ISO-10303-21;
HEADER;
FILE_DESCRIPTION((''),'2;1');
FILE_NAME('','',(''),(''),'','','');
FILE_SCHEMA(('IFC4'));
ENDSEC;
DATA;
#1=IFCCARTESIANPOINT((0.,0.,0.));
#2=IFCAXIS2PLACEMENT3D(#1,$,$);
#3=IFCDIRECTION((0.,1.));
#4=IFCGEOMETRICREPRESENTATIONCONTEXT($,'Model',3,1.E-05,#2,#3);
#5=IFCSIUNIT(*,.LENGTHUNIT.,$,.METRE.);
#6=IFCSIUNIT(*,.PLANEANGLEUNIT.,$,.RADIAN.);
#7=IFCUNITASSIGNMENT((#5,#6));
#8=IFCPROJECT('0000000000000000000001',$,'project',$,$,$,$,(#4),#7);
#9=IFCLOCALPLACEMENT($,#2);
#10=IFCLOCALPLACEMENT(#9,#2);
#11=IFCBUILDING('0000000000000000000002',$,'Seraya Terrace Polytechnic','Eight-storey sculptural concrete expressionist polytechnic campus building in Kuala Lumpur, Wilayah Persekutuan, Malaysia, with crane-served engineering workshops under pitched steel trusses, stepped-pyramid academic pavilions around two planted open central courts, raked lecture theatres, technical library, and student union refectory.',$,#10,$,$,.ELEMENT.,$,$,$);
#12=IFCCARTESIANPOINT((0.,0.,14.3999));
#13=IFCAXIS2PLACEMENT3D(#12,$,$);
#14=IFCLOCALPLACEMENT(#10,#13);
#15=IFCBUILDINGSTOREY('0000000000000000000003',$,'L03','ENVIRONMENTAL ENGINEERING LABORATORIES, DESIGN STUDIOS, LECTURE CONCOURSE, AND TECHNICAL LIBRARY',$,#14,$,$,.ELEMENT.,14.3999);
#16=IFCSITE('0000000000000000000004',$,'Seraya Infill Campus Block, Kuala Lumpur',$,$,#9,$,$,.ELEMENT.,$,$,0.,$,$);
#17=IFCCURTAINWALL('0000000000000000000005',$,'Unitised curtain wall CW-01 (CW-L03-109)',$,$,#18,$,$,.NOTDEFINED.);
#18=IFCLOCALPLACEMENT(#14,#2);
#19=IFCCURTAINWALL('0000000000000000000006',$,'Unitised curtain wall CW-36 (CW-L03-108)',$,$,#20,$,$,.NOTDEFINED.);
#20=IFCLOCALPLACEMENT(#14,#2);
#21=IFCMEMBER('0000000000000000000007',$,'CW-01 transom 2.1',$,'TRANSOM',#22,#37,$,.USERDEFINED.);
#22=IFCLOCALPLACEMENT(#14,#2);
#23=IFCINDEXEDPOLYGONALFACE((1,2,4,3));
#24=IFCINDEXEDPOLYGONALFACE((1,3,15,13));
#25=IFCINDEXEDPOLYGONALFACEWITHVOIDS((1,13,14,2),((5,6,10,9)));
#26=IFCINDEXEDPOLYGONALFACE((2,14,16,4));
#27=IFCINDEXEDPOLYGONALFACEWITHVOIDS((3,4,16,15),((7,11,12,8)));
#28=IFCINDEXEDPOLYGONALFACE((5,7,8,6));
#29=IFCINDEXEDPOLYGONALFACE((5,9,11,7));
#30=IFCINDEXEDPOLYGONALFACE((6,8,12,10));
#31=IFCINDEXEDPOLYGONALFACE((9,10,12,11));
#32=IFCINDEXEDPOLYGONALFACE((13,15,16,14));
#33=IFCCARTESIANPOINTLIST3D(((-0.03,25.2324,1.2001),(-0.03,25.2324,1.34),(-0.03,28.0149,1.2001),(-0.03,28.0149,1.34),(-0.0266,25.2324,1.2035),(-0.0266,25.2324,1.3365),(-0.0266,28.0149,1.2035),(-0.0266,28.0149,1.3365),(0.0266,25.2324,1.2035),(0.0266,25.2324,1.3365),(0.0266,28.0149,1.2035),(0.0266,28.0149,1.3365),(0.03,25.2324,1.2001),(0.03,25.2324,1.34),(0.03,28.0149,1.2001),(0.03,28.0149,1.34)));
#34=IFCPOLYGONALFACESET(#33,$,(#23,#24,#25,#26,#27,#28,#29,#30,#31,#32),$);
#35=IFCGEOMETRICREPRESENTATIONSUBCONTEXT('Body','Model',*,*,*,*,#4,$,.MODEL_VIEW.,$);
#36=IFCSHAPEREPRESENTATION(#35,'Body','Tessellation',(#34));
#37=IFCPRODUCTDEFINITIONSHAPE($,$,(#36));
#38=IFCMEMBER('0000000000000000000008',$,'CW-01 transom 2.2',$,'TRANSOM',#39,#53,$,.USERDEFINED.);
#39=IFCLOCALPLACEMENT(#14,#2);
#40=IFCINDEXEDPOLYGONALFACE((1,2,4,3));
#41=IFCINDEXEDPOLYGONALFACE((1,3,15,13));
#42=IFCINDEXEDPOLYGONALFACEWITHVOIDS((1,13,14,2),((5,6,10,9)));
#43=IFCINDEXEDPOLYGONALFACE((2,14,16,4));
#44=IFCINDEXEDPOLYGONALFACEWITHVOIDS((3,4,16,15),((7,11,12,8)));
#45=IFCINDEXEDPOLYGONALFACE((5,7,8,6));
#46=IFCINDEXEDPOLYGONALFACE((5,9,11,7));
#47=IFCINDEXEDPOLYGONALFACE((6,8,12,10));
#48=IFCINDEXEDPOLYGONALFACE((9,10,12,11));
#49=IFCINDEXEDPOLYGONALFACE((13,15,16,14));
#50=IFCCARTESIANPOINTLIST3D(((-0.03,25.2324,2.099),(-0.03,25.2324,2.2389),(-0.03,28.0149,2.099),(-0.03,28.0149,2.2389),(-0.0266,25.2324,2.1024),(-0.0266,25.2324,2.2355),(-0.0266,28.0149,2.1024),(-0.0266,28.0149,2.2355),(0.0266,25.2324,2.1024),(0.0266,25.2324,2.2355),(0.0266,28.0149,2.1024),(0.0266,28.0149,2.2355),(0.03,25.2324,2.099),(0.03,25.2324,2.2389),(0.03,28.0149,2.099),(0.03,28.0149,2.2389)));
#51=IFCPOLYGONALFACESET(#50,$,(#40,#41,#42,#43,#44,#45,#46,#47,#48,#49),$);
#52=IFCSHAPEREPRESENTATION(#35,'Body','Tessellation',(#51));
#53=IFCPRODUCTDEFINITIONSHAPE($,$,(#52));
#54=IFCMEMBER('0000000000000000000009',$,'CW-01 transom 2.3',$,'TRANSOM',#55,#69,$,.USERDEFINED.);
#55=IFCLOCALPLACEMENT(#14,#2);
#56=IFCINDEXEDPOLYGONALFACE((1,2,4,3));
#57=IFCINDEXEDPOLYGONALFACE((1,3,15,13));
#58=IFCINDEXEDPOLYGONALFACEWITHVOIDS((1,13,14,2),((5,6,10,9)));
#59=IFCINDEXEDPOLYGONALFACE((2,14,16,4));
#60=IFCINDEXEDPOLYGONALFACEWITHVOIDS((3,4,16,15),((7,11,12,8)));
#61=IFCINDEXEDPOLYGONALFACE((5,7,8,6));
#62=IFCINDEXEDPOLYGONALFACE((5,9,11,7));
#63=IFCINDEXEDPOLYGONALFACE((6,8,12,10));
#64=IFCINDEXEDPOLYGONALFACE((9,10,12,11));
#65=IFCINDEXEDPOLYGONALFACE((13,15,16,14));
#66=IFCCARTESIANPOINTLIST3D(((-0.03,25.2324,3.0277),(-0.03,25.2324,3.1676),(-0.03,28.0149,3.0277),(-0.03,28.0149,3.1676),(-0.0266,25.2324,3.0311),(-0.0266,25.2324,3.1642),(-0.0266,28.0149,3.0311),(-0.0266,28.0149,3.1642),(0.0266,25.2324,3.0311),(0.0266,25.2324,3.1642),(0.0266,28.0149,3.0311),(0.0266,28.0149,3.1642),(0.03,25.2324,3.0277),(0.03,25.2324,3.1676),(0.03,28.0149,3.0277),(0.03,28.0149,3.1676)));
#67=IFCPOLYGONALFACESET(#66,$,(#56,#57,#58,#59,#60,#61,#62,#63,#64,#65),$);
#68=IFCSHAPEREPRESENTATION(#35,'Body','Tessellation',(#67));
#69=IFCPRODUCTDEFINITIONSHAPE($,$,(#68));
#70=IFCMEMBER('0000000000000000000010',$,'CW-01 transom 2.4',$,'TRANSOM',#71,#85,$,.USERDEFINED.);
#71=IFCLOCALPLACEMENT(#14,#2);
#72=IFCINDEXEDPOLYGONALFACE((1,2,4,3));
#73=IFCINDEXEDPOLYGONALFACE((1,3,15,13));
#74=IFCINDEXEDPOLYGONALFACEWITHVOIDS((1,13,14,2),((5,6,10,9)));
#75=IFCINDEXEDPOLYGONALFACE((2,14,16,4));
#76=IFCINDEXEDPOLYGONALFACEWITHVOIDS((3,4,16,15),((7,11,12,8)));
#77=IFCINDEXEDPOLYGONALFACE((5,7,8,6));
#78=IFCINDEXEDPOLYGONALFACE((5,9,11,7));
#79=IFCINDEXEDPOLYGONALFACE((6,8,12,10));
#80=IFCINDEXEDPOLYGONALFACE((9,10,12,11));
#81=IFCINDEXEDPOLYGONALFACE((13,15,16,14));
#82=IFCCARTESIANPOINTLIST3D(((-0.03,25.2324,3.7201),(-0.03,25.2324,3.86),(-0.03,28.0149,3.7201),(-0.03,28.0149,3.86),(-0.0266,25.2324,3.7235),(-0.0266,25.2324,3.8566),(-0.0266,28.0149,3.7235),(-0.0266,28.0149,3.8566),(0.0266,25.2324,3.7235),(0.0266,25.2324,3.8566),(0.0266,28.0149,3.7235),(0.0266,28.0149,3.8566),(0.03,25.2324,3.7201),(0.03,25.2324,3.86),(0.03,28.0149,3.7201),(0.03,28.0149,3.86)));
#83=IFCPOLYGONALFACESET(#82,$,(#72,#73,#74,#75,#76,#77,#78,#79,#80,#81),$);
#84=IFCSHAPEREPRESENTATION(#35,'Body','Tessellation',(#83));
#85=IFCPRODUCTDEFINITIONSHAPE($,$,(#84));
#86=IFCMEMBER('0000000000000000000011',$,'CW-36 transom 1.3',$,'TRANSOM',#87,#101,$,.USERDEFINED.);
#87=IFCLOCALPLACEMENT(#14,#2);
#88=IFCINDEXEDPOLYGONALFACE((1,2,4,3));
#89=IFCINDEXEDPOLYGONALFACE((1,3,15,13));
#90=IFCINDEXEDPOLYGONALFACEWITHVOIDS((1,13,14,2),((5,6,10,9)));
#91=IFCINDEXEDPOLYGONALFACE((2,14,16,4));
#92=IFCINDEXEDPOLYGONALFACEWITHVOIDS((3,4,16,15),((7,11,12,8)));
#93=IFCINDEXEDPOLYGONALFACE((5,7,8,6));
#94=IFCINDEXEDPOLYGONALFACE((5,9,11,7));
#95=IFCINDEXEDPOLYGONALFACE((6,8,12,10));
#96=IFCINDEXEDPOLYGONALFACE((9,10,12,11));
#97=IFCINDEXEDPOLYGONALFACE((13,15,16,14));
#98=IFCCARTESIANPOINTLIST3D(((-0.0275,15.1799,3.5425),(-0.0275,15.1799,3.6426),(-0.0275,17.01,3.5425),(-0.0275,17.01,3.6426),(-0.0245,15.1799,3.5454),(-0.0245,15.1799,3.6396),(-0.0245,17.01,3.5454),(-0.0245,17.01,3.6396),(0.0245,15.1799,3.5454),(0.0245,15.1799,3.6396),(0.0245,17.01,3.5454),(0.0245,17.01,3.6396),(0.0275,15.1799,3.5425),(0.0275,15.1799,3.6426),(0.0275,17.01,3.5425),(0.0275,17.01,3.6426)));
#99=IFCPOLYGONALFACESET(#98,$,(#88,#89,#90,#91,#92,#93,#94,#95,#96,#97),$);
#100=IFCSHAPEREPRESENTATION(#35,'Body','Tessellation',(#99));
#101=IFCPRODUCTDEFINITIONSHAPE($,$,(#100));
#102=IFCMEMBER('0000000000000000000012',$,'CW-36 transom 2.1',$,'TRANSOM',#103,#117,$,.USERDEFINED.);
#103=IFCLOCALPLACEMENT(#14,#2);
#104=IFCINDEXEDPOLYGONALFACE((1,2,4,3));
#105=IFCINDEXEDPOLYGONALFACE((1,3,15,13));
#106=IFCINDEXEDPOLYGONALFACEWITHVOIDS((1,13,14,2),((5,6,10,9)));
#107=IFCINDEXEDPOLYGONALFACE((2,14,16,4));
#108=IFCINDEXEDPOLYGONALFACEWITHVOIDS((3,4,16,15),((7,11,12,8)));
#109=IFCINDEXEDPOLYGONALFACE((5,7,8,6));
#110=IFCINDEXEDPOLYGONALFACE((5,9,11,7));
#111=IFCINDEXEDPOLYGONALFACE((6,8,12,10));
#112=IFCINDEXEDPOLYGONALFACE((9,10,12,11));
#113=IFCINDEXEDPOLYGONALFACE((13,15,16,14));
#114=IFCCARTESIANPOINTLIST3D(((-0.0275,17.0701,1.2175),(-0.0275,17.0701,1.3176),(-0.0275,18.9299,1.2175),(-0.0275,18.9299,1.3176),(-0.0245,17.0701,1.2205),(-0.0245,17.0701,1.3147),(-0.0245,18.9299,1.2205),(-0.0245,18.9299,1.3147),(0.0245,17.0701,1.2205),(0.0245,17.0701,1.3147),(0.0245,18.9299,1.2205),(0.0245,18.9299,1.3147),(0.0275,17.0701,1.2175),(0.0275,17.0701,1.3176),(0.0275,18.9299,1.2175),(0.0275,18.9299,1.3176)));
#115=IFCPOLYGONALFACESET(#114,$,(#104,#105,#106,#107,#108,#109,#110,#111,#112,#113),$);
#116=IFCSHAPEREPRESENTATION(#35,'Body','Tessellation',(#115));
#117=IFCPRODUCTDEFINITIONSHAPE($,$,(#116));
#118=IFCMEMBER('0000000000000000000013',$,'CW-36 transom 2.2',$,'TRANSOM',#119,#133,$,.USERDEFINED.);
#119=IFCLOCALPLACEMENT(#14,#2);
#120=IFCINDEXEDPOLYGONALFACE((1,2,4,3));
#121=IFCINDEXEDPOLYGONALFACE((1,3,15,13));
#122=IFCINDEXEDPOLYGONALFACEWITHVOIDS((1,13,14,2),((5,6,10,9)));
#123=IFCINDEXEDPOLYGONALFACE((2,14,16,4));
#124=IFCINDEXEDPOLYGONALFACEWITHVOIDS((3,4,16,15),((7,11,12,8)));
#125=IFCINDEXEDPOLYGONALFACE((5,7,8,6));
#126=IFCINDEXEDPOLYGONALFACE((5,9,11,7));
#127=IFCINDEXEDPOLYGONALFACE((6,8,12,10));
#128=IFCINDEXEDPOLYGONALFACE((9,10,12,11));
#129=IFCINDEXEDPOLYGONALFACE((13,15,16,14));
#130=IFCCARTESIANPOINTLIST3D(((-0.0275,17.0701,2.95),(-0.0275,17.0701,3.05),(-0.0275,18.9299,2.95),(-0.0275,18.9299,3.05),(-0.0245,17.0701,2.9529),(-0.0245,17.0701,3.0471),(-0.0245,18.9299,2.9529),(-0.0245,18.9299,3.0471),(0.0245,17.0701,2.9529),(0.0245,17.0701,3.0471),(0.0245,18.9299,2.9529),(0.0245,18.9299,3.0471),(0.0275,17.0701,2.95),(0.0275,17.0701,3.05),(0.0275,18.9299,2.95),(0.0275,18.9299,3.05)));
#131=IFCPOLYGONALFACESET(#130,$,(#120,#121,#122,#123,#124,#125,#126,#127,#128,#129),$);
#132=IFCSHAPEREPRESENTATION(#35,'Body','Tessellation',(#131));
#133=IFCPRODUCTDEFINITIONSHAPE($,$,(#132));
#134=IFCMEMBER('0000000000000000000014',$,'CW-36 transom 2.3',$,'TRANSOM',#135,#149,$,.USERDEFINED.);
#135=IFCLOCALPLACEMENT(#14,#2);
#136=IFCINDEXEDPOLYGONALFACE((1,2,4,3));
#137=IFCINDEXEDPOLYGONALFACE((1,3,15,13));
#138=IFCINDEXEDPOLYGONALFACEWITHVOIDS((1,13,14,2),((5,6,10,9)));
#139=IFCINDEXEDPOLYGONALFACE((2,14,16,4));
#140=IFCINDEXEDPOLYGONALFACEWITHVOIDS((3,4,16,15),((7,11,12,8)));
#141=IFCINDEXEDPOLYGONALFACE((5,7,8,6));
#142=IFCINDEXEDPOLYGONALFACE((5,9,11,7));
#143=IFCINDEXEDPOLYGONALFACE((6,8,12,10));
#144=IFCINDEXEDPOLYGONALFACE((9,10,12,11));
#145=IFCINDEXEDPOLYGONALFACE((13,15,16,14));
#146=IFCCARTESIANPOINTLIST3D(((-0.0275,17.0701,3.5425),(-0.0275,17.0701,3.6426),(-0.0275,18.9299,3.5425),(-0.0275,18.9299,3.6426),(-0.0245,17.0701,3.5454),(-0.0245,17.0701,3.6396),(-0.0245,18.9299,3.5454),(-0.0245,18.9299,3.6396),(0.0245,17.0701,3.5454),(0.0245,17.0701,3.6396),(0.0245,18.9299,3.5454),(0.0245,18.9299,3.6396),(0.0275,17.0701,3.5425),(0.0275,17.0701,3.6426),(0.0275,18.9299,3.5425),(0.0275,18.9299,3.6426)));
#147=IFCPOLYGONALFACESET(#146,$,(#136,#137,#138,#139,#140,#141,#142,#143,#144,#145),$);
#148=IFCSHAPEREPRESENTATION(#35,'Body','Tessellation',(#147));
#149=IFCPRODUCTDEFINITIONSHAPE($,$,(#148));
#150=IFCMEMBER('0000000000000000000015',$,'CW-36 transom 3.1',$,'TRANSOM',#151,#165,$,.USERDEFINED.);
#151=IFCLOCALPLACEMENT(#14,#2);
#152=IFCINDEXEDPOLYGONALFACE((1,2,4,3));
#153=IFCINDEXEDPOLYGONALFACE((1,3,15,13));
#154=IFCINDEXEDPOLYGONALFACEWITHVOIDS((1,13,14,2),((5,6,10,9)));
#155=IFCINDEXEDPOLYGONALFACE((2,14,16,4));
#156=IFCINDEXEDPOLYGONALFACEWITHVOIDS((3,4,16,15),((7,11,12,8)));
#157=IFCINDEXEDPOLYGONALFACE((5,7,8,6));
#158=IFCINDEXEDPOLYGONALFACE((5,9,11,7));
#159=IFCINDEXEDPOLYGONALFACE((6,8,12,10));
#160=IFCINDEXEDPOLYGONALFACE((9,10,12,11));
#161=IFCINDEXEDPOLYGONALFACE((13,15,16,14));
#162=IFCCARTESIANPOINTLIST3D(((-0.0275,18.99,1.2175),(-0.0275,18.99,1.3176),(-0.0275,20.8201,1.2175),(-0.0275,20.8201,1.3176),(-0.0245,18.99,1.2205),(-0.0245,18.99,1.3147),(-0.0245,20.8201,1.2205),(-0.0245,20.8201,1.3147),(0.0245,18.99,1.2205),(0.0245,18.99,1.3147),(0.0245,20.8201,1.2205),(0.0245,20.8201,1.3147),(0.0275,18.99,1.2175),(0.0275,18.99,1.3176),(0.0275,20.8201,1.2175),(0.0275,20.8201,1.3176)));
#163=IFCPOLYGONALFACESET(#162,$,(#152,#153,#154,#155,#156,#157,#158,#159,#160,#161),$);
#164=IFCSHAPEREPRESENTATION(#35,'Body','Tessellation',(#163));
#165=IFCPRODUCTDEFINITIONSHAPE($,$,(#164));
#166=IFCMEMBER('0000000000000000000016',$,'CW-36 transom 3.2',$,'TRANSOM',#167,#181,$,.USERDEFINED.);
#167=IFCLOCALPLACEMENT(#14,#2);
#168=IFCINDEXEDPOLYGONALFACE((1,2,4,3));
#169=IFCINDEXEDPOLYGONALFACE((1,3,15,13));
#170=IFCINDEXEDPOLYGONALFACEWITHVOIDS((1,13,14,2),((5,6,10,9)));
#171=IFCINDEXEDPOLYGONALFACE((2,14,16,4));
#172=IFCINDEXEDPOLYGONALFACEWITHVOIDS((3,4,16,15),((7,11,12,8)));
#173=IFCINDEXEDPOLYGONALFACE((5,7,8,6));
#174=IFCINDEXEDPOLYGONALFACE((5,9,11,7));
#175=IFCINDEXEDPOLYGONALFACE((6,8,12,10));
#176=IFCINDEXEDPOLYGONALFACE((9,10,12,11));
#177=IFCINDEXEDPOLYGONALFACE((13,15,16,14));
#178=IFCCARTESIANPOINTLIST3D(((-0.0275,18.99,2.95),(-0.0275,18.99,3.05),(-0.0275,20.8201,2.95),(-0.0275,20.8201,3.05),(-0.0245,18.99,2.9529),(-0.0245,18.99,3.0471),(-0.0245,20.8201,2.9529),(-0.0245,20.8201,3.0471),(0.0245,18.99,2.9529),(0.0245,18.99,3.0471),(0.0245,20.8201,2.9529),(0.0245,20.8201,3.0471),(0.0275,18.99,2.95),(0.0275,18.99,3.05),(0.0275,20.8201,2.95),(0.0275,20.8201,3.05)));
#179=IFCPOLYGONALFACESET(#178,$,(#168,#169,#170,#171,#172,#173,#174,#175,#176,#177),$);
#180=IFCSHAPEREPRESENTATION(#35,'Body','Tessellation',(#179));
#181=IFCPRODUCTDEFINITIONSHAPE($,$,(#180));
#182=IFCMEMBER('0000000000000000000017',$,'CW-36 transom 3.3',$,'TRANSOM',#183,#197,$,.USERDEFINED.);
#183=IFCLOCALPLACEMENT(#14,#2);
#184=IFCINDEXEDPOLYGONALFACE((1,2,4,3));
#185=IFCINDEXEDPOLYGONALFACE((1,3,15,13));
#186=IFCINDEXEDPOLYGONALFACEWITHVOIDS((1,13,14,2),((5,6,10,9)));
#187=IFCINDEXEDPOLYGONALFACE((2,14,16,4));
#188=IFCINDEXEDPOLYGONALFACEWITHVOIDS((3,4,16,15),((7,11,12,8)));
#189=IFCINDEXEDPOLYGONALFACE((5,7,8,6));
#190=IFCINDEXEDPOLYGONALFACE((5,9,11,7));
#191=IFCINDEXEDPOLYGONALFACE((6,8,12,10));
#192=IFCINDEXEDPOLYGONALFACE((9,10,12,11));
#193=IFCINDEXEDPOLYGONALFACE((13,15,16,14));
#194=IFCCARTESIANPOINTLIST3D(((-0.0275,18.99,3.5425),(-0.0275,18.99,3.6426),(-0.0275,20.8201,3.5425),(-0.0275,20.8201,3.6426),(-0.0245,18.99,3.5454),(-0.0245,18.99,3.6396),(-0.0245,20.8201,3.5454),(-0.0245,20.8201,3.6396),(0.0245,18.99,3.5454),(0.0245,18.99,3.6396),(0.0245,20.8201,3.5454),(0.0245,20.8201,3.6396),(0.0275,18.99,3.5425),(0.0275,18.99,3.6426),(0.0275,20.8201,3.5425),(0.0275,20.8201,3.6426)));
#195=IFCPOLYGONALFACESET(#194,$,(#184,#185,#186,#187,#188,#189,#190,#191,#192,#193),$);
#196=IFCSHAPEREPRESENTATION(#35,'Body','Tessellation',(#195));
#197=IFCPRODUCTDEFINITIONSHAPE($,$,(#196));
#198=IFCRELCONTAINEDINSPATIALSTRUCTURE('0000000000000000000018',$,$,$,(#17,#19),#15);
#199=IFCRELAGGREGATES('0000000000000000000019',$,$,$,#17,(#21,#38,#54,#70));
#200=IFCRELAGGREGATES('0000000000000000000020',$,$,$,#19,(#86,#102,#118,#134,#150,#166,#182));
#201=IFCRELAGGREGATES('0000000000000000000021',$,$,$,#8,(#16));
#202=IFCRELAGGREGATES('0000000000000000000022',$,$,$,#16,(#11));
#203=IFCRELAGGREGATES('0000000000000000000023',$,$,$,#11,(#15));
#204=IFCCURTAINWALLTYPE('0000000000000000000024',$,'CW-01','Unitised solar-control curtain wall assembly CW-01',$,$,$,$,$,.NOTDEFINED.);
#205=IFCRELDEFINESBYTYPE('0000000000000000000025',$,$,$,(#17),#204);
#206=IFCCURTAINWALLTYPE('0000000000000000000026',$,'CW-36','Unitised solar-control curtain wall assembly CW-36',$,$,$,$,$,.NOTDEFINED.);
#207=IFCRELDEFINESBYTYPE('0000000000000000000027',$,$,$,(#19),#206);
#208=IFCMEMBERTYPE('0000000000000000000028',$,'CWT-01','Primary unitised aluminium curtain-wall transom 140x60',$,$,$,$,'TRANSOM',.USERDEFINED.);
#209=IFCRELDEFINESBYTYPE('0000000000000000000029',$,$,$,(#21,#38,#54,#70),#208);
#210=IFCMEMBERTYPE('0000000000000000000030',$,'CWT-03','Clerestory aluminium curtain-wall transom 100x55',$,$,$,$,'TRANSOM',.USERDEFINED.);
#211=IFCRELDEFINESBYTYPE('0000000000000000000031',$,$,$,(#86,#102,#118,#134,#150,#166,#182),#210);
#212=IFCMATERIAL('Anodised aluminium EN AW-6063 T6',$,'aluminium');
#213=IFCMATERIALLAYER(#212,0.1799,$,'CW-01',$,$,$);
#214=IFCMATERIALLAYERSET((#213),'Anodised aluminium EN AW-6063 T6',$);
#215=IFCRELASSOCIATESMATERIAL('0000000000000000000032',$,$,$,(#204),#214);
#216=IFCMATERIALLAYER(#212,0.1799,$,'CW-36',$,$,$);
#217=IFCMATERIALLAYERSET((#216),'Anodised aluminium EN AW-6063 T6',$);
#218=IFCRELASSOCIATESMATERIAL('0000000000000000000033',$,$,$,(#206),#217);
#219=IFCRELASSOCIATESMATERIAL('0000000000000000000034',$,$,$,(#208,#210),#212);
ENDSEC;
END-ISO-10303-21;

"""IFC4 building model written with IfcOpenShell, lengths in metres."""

from ifc_helpers import new_model, si_unit, direction, frame, origin, origin_2d, place, context, subcontext, project, spatial, hollow_rectangle, extrude, material, layer, layer_set, material_profile, profile_set, type_object, element, aggregate, save


model = new_model("IFC4")

# Units and contexts
model_context = context("Model", 3, precision=1e-05, world=origin(), true_north=direction((0.0, 1.0)))
body_context = subcontext(model_context, "Body", "Model", "MODEL_VIEW")
ifc_project = project(units=[si_unit("LENGTHUNIT", "METRE"), si_unit("PLANEANGLEUNIT", "RADIAN")], contexts=[model_context])

# Site, building, storey
site_placement = place(None, origin())
site = spatial("IfcSite", under=ifc_project, at=site_placement, Name="Seraya Infill Campus Block, Kuala Lumpur", CompositionType="ELEMENT", RefElevation=0.0)
building_placement = place(site_placement, origin())
building = spatial("IfcBuilding", under=site, at=building_placement, Name="Seraya Terrace Polytechnic", Description="Eight-storey sculptural concrete expressionist polytechnic campus building in Kuala Lumpur, Wilayah Persekutuan, Malaysia, with crane-served engineering workshops under pitched steel trusses, stepped-pyramid academic pavilions around two planted open central courts, raked lecture theatres, technical library, and student union refectory.", CompositionType="ELEMENT")
storey_placement = place(building_placement, frame((0.0, 0.0, 14.3999)))
storey = spatial("IfcBuildingStorey", under=building, at=storey_placement, Name="L03", Description="ENVIRONMENTAL ENGINEERING LABORATORIES, DESIGN STUDIOS, LECTURE CONCOURSE, AND TECHNICAL LIBRARY", CompositionType="ELEMENT", Elevation=14.3999)

# Curtain walls
ifc_material_1 = material(Name="Anodised aluminium EN AW-6063 T6", Category="aluminium")
ifc_layer_1 = layer(ifc_material_1, 0.1799, Name="CW-01")
ifc_layer_set_1 = layer_set([ifc_layer_1], Name="Anodised aluminium EN AW-6063 T6")
curtain_wall_type_1 = type_object("IfcCurtainWallType", Name="CW-01", Description="Unitised solar-control curtain wall assembly CW-01", PredefinedType="NOTDEFINED", material=ifc_layer_set_1)
curtain_wall_1_placement = place(storey_placement, origin())
curtain_wall_1 = element("IfcCurtainWall", 1, at=curtain_wall_1_placement, inside=storey, type_object=curtain_wall_type_1, Name="Unitised curtain wall CW-01 (CW-L03-109)", PredefinedType="NOTDEFINED")
ifc_layer_2 = layer(ifc_material_1, 0.1799, Name="CW-36")
ifc_layer_set_2 = layer_set([ifc_layer_2], Name="Anodised aluminium EN AW-6063 T6")
curtain_wall_type_2 = type_object("IfcCurtainWallType", Name="CW-36", Description="Unitised solar-control curtain wall assembly CW-36", PredefinedType="NOTDEFINED", material=ifc_layer_set_2)
curtain_wall_2_placement = place(storey_placement, origin())
curtain_wall_2 = element("IfcCurtainWall", 2, at=curtain_wall_2_placement, inside=storey, type_object=curtain_wall_type_2, Name="Unitised curtain wall CW-36 (CW-L03-108)", PredefinedType="NOTDEFINED")

# Members
ifc_material_profile_1 = material_profile(ifc_material_1, hollow_rectangle(XDim=0.0601, YDim=0.1399, WallThickness=0.0034, at=origin_2d()), Name="RHS 140x60x3.5")
ifc_profile_set_1 = profile_set([ifc_material_profile_1], Name="Anodised aluminium EN AW-6063 T6")
member_type_1 = type_object("IfcMemberType", Name="CWT-01", Description="Primary unitised aluminium curtain-wall transom 140x60", ElementType="TRANSOM", PredefinedType="USERDEFINED", material=ifc_profile_set_1)
member_1_placement = place(storey_placement, frame((0.0, 25.2324, 1.27), z_axis=(0.0, 1.0, 0.0), x_axis=(-1.0, 0.0, 0.0)))
member_1 = element("IfcMember", 3, at=member_1_placement, type_object=member_type_1, Name="CW-01 transom 2.1", ObjectType="TRANSOM", PredefinedType="USERDEFINED", context=body_context, shape_type="SweptSolid", body=[
    extrude(hollow_rectangle(XDim=0.0601, YDim=0.1399, WallThickness=0.0034, at=origin_2d()), origin(), (0.0, 0.0, 1.0), 2.7825),
])
member_2_placement = place(storey_placement, frame((0.0, 25.2324, 2.1689), z_axis=(0.0, 1.0, 0.0), x_axis=(-1.0, 0.0, 0.0)))
member_2 = element("IfcMember", 4, at=member_2_placement, type_object=member_type_1, Name="CW-01 transom 2.2", ObjectType="TRANSOM", PredefinedType="USERDEFINED", context=body_context, shape_type="SweptSolid", body=[
    extrude(hollow_rectangle(XDim=0.0601, YDim=0.1399, WallThickness=0.0034, at=origin_2d()), origin(), (0.0, 0.0, 1.0), 2.7825),
])
member_3_placement = place(storey_placement, frame((0.0, 25.2324, 3.0977), z_axis=(0.0, 1.0, 0.0), x_axis=(-1.0, 0.0, 0.0)))
member_3 = element("IfcMember", 5, at=member_3_placement, type_object=member_type_1, Name="CW-01 transom 2.3", ObjectType="TRANSOM", PredefinedType="USERDEFINED", context=body_context, shape_type="SweptSolid", body=[
    extrude(hollow_rectangle(XDim=0.0601, YDim=0.1399, WallThickness=0.0034, at=origin_2d()), origin(), (0.0, 0.0, 1.0), 2.7825),
])
member_4_placement = place(storey_placement, frame((0.0, 25.2324, 3.79), z_axis=(0.0, 1.0, 0.0), x_axis=(-1.0, 0.0, 0.0)))
member_4 = element("IfcMember", 6, at=member_4_placement, type_object=member_type_1, Name="CW-01 transom 2.4", ObjectType="TRANSOM", PredefinedType="USERDEFINED", context=body_context, shape_type="SweptSolid", body=[
    extrude(hollow_rectangle(XDim=0.0601, YDim=0.1399, WallThickness=0.0034, at=origin_2d()), origin(), (0.0, 0.0, 1.0), 2.7825),
])
ifc_material_profile_2 = material_profile(ifc_material_1, hollow_rectangle(XDim=0.0549, YDim=0.1001, WallThickness=0.0029, at=origin_2d()), Name="RHS 100x55x3.0")
ifc_profile_set_2 = profile_set([ifc_material_profile_2], Name="Anodised aluminium EN AW-6063 T6")
member_type_2 = type_object("IfcMemberType", Name="CWT-03", Description="Clerestory aluminium curtain-wall transom 100x55", ElementType="TRANSOM", PredefinedType="USERDEFINED", material=ifc_profile_set_2)
member_5_placement = place(storey_placement, frame((0.0, 15.1799, 3.5925), z_axis=(0.0, 1.0, 0.0), x_axis=(-1.0, 0.0, 0.0)))
member_5 = element("IfcMember", 7, at=member_5_placement, type_object=member_type_2, Name="CW-36 transom 1.3", ObjectType="TRANSOM", PredefinedType="USERDEFINED", context=body_context, shape_type="SweptSolid", body=[
    extrude(hollow_rectangle(XDim=0.0549, YDim=0.1001, WallThickness=0.0029, at=origin_2d()), origin(), (0.0, 0.0, 1.0), 1.8301),
])
member_6_placement = place(storey_placement, frame((0.0, 17.0701, 1.2676), z_axis=(0.0, 1.0, 0.0), x_axis=(-1.0, 0.0, 0.0)))
member_6 = element("IfcMember", 8, at=member_6_placement, type_object=member_type_2, Name="CW-36 transom 2.1", ObjectType="TRANSOM", PredefinedType="USERDEFINED", context=body_context, shape_type="SweptSolid", body=[
    extrude(hollow_rectangle(XDim=0.0549, YDim=0.1001, WallThickness=0.0029, at=origin_2d()), origin(), (0.0, 0.0, 1.0), 1.8599),
])
member_7_placement = place(storey_placement, frame((0.0, 17.0701, 3.0), z_axis=(0.0, 1.0, 0.0), x_axis=(-1.0, 0.0, 0.0)))
member_7 = element("IfcMember", 9, at=member_7_placement, type_object=member_type_2, Name="CW-36 transom 2.2", ObjectType="TRANSOM", PredefinedType="USERDEFINED", context=body_context, shape_type="SweptSolid", body=[
    extrude(hollow_rectangle(XDim=0.0549, YDim=0.1001, WallThickness=0.0029, at=origin_2d()), origin(), (0.0, 0.0, 1.0), 1.8599),
])
member_8_placement = place(storey_placement, frame((0.0, 17.0701, 3.5925), z_axis=(0.0, 1.0, 0.0), x_axis=(-1.0, 0.0, 0.0)))
member_8 = element("IfcMember", 10, at=member_8_placement, type_object=member_type_2, Name="CW-36 transom 2.3", ObjectType="TRANSOM", PredefinedType="USERDEFINED", context=body_context, shape_type="SweptSolid", body=[
    extrude(hollow_rectangle(XDim=0.0549, YDim=0.1001, WallThickness=0.0029, at=origin_2d()), origin(), (0.0, 0.0, 1.0), 1.8599),
])
member_9_placement = place(storey_placement, frame((0.0, 18.99, 1.2676), z_axis=(0.0, 1.0, 0.0), x_axis=(-1.0, 0.0, 0.0)))
member_9 = element("IfcMember", 11, at=member_9_placement, type_object=member_type_2, Name="CW-36 transom 3.1", ObjectType="TRANSOM", PredefinedType="USERDEFINED", context=body_context, shape_type="SweptSolid", body=[
    extrude(hollow_rectangle(XDim=0.0549, YDim=0.1001, WallThickness=0.0029, at=origin_2d()), origin(), (0.0, 0.0, 1.0), 1.8301),
])
member_10_placement = place(storey_placement, frame((0.0, 18.99, 3.0), z_axis=(0.0, 1.0, 0.0), x_axis=(-1.0, 0.0, 0.0)))
member_10 = element("IfcMember", 12, at=member_10_placement, type_object=member_type_2, Name="CW-36 transom 3.2", ObjectType="TRANSOM", PredefinedType="USERDEFINED", context=body_context, shape_type="SweptSolid", body=[
    extrude(hollow_rectangle(XDim=0.0549, YDim=0.1001, WallThickness=0.0029, at=origin_2d()), origin(), (0.0, 0.0, 1.0), 1.8301),
])
member_11_placement = place(storey_placement, frame((0.0, 18.99, 3.5925), z_axis=(0.0, 1.0, 0.0), x_axis=(-1.0, 0.0, 0.0)))
member_11 = element("IfcMember", 13, at=member_11_placement, type_object=member_type_2, Name="CW-36 transom 3.3", ObjectType="TRANSOM", PredefinedType="USERDEFINED", context=body_context, shape_type="SweptSolid", body=[
    extrude(hollow_rectangle(XDim=0.0549, YDim=0.1001, WallThickness=0.0029, at=origin_2d()), origin(), (0.0, 0.0, 1.0), 1.8301),
])

aggregate(curtain_wall_1, [member_1, member_2, member_3, member_4])
aggregate(curtain_wall_2, [member_5, member_6, member_7, member_8, member_9, member_10, member_11])

save(model, "model.ifc")
